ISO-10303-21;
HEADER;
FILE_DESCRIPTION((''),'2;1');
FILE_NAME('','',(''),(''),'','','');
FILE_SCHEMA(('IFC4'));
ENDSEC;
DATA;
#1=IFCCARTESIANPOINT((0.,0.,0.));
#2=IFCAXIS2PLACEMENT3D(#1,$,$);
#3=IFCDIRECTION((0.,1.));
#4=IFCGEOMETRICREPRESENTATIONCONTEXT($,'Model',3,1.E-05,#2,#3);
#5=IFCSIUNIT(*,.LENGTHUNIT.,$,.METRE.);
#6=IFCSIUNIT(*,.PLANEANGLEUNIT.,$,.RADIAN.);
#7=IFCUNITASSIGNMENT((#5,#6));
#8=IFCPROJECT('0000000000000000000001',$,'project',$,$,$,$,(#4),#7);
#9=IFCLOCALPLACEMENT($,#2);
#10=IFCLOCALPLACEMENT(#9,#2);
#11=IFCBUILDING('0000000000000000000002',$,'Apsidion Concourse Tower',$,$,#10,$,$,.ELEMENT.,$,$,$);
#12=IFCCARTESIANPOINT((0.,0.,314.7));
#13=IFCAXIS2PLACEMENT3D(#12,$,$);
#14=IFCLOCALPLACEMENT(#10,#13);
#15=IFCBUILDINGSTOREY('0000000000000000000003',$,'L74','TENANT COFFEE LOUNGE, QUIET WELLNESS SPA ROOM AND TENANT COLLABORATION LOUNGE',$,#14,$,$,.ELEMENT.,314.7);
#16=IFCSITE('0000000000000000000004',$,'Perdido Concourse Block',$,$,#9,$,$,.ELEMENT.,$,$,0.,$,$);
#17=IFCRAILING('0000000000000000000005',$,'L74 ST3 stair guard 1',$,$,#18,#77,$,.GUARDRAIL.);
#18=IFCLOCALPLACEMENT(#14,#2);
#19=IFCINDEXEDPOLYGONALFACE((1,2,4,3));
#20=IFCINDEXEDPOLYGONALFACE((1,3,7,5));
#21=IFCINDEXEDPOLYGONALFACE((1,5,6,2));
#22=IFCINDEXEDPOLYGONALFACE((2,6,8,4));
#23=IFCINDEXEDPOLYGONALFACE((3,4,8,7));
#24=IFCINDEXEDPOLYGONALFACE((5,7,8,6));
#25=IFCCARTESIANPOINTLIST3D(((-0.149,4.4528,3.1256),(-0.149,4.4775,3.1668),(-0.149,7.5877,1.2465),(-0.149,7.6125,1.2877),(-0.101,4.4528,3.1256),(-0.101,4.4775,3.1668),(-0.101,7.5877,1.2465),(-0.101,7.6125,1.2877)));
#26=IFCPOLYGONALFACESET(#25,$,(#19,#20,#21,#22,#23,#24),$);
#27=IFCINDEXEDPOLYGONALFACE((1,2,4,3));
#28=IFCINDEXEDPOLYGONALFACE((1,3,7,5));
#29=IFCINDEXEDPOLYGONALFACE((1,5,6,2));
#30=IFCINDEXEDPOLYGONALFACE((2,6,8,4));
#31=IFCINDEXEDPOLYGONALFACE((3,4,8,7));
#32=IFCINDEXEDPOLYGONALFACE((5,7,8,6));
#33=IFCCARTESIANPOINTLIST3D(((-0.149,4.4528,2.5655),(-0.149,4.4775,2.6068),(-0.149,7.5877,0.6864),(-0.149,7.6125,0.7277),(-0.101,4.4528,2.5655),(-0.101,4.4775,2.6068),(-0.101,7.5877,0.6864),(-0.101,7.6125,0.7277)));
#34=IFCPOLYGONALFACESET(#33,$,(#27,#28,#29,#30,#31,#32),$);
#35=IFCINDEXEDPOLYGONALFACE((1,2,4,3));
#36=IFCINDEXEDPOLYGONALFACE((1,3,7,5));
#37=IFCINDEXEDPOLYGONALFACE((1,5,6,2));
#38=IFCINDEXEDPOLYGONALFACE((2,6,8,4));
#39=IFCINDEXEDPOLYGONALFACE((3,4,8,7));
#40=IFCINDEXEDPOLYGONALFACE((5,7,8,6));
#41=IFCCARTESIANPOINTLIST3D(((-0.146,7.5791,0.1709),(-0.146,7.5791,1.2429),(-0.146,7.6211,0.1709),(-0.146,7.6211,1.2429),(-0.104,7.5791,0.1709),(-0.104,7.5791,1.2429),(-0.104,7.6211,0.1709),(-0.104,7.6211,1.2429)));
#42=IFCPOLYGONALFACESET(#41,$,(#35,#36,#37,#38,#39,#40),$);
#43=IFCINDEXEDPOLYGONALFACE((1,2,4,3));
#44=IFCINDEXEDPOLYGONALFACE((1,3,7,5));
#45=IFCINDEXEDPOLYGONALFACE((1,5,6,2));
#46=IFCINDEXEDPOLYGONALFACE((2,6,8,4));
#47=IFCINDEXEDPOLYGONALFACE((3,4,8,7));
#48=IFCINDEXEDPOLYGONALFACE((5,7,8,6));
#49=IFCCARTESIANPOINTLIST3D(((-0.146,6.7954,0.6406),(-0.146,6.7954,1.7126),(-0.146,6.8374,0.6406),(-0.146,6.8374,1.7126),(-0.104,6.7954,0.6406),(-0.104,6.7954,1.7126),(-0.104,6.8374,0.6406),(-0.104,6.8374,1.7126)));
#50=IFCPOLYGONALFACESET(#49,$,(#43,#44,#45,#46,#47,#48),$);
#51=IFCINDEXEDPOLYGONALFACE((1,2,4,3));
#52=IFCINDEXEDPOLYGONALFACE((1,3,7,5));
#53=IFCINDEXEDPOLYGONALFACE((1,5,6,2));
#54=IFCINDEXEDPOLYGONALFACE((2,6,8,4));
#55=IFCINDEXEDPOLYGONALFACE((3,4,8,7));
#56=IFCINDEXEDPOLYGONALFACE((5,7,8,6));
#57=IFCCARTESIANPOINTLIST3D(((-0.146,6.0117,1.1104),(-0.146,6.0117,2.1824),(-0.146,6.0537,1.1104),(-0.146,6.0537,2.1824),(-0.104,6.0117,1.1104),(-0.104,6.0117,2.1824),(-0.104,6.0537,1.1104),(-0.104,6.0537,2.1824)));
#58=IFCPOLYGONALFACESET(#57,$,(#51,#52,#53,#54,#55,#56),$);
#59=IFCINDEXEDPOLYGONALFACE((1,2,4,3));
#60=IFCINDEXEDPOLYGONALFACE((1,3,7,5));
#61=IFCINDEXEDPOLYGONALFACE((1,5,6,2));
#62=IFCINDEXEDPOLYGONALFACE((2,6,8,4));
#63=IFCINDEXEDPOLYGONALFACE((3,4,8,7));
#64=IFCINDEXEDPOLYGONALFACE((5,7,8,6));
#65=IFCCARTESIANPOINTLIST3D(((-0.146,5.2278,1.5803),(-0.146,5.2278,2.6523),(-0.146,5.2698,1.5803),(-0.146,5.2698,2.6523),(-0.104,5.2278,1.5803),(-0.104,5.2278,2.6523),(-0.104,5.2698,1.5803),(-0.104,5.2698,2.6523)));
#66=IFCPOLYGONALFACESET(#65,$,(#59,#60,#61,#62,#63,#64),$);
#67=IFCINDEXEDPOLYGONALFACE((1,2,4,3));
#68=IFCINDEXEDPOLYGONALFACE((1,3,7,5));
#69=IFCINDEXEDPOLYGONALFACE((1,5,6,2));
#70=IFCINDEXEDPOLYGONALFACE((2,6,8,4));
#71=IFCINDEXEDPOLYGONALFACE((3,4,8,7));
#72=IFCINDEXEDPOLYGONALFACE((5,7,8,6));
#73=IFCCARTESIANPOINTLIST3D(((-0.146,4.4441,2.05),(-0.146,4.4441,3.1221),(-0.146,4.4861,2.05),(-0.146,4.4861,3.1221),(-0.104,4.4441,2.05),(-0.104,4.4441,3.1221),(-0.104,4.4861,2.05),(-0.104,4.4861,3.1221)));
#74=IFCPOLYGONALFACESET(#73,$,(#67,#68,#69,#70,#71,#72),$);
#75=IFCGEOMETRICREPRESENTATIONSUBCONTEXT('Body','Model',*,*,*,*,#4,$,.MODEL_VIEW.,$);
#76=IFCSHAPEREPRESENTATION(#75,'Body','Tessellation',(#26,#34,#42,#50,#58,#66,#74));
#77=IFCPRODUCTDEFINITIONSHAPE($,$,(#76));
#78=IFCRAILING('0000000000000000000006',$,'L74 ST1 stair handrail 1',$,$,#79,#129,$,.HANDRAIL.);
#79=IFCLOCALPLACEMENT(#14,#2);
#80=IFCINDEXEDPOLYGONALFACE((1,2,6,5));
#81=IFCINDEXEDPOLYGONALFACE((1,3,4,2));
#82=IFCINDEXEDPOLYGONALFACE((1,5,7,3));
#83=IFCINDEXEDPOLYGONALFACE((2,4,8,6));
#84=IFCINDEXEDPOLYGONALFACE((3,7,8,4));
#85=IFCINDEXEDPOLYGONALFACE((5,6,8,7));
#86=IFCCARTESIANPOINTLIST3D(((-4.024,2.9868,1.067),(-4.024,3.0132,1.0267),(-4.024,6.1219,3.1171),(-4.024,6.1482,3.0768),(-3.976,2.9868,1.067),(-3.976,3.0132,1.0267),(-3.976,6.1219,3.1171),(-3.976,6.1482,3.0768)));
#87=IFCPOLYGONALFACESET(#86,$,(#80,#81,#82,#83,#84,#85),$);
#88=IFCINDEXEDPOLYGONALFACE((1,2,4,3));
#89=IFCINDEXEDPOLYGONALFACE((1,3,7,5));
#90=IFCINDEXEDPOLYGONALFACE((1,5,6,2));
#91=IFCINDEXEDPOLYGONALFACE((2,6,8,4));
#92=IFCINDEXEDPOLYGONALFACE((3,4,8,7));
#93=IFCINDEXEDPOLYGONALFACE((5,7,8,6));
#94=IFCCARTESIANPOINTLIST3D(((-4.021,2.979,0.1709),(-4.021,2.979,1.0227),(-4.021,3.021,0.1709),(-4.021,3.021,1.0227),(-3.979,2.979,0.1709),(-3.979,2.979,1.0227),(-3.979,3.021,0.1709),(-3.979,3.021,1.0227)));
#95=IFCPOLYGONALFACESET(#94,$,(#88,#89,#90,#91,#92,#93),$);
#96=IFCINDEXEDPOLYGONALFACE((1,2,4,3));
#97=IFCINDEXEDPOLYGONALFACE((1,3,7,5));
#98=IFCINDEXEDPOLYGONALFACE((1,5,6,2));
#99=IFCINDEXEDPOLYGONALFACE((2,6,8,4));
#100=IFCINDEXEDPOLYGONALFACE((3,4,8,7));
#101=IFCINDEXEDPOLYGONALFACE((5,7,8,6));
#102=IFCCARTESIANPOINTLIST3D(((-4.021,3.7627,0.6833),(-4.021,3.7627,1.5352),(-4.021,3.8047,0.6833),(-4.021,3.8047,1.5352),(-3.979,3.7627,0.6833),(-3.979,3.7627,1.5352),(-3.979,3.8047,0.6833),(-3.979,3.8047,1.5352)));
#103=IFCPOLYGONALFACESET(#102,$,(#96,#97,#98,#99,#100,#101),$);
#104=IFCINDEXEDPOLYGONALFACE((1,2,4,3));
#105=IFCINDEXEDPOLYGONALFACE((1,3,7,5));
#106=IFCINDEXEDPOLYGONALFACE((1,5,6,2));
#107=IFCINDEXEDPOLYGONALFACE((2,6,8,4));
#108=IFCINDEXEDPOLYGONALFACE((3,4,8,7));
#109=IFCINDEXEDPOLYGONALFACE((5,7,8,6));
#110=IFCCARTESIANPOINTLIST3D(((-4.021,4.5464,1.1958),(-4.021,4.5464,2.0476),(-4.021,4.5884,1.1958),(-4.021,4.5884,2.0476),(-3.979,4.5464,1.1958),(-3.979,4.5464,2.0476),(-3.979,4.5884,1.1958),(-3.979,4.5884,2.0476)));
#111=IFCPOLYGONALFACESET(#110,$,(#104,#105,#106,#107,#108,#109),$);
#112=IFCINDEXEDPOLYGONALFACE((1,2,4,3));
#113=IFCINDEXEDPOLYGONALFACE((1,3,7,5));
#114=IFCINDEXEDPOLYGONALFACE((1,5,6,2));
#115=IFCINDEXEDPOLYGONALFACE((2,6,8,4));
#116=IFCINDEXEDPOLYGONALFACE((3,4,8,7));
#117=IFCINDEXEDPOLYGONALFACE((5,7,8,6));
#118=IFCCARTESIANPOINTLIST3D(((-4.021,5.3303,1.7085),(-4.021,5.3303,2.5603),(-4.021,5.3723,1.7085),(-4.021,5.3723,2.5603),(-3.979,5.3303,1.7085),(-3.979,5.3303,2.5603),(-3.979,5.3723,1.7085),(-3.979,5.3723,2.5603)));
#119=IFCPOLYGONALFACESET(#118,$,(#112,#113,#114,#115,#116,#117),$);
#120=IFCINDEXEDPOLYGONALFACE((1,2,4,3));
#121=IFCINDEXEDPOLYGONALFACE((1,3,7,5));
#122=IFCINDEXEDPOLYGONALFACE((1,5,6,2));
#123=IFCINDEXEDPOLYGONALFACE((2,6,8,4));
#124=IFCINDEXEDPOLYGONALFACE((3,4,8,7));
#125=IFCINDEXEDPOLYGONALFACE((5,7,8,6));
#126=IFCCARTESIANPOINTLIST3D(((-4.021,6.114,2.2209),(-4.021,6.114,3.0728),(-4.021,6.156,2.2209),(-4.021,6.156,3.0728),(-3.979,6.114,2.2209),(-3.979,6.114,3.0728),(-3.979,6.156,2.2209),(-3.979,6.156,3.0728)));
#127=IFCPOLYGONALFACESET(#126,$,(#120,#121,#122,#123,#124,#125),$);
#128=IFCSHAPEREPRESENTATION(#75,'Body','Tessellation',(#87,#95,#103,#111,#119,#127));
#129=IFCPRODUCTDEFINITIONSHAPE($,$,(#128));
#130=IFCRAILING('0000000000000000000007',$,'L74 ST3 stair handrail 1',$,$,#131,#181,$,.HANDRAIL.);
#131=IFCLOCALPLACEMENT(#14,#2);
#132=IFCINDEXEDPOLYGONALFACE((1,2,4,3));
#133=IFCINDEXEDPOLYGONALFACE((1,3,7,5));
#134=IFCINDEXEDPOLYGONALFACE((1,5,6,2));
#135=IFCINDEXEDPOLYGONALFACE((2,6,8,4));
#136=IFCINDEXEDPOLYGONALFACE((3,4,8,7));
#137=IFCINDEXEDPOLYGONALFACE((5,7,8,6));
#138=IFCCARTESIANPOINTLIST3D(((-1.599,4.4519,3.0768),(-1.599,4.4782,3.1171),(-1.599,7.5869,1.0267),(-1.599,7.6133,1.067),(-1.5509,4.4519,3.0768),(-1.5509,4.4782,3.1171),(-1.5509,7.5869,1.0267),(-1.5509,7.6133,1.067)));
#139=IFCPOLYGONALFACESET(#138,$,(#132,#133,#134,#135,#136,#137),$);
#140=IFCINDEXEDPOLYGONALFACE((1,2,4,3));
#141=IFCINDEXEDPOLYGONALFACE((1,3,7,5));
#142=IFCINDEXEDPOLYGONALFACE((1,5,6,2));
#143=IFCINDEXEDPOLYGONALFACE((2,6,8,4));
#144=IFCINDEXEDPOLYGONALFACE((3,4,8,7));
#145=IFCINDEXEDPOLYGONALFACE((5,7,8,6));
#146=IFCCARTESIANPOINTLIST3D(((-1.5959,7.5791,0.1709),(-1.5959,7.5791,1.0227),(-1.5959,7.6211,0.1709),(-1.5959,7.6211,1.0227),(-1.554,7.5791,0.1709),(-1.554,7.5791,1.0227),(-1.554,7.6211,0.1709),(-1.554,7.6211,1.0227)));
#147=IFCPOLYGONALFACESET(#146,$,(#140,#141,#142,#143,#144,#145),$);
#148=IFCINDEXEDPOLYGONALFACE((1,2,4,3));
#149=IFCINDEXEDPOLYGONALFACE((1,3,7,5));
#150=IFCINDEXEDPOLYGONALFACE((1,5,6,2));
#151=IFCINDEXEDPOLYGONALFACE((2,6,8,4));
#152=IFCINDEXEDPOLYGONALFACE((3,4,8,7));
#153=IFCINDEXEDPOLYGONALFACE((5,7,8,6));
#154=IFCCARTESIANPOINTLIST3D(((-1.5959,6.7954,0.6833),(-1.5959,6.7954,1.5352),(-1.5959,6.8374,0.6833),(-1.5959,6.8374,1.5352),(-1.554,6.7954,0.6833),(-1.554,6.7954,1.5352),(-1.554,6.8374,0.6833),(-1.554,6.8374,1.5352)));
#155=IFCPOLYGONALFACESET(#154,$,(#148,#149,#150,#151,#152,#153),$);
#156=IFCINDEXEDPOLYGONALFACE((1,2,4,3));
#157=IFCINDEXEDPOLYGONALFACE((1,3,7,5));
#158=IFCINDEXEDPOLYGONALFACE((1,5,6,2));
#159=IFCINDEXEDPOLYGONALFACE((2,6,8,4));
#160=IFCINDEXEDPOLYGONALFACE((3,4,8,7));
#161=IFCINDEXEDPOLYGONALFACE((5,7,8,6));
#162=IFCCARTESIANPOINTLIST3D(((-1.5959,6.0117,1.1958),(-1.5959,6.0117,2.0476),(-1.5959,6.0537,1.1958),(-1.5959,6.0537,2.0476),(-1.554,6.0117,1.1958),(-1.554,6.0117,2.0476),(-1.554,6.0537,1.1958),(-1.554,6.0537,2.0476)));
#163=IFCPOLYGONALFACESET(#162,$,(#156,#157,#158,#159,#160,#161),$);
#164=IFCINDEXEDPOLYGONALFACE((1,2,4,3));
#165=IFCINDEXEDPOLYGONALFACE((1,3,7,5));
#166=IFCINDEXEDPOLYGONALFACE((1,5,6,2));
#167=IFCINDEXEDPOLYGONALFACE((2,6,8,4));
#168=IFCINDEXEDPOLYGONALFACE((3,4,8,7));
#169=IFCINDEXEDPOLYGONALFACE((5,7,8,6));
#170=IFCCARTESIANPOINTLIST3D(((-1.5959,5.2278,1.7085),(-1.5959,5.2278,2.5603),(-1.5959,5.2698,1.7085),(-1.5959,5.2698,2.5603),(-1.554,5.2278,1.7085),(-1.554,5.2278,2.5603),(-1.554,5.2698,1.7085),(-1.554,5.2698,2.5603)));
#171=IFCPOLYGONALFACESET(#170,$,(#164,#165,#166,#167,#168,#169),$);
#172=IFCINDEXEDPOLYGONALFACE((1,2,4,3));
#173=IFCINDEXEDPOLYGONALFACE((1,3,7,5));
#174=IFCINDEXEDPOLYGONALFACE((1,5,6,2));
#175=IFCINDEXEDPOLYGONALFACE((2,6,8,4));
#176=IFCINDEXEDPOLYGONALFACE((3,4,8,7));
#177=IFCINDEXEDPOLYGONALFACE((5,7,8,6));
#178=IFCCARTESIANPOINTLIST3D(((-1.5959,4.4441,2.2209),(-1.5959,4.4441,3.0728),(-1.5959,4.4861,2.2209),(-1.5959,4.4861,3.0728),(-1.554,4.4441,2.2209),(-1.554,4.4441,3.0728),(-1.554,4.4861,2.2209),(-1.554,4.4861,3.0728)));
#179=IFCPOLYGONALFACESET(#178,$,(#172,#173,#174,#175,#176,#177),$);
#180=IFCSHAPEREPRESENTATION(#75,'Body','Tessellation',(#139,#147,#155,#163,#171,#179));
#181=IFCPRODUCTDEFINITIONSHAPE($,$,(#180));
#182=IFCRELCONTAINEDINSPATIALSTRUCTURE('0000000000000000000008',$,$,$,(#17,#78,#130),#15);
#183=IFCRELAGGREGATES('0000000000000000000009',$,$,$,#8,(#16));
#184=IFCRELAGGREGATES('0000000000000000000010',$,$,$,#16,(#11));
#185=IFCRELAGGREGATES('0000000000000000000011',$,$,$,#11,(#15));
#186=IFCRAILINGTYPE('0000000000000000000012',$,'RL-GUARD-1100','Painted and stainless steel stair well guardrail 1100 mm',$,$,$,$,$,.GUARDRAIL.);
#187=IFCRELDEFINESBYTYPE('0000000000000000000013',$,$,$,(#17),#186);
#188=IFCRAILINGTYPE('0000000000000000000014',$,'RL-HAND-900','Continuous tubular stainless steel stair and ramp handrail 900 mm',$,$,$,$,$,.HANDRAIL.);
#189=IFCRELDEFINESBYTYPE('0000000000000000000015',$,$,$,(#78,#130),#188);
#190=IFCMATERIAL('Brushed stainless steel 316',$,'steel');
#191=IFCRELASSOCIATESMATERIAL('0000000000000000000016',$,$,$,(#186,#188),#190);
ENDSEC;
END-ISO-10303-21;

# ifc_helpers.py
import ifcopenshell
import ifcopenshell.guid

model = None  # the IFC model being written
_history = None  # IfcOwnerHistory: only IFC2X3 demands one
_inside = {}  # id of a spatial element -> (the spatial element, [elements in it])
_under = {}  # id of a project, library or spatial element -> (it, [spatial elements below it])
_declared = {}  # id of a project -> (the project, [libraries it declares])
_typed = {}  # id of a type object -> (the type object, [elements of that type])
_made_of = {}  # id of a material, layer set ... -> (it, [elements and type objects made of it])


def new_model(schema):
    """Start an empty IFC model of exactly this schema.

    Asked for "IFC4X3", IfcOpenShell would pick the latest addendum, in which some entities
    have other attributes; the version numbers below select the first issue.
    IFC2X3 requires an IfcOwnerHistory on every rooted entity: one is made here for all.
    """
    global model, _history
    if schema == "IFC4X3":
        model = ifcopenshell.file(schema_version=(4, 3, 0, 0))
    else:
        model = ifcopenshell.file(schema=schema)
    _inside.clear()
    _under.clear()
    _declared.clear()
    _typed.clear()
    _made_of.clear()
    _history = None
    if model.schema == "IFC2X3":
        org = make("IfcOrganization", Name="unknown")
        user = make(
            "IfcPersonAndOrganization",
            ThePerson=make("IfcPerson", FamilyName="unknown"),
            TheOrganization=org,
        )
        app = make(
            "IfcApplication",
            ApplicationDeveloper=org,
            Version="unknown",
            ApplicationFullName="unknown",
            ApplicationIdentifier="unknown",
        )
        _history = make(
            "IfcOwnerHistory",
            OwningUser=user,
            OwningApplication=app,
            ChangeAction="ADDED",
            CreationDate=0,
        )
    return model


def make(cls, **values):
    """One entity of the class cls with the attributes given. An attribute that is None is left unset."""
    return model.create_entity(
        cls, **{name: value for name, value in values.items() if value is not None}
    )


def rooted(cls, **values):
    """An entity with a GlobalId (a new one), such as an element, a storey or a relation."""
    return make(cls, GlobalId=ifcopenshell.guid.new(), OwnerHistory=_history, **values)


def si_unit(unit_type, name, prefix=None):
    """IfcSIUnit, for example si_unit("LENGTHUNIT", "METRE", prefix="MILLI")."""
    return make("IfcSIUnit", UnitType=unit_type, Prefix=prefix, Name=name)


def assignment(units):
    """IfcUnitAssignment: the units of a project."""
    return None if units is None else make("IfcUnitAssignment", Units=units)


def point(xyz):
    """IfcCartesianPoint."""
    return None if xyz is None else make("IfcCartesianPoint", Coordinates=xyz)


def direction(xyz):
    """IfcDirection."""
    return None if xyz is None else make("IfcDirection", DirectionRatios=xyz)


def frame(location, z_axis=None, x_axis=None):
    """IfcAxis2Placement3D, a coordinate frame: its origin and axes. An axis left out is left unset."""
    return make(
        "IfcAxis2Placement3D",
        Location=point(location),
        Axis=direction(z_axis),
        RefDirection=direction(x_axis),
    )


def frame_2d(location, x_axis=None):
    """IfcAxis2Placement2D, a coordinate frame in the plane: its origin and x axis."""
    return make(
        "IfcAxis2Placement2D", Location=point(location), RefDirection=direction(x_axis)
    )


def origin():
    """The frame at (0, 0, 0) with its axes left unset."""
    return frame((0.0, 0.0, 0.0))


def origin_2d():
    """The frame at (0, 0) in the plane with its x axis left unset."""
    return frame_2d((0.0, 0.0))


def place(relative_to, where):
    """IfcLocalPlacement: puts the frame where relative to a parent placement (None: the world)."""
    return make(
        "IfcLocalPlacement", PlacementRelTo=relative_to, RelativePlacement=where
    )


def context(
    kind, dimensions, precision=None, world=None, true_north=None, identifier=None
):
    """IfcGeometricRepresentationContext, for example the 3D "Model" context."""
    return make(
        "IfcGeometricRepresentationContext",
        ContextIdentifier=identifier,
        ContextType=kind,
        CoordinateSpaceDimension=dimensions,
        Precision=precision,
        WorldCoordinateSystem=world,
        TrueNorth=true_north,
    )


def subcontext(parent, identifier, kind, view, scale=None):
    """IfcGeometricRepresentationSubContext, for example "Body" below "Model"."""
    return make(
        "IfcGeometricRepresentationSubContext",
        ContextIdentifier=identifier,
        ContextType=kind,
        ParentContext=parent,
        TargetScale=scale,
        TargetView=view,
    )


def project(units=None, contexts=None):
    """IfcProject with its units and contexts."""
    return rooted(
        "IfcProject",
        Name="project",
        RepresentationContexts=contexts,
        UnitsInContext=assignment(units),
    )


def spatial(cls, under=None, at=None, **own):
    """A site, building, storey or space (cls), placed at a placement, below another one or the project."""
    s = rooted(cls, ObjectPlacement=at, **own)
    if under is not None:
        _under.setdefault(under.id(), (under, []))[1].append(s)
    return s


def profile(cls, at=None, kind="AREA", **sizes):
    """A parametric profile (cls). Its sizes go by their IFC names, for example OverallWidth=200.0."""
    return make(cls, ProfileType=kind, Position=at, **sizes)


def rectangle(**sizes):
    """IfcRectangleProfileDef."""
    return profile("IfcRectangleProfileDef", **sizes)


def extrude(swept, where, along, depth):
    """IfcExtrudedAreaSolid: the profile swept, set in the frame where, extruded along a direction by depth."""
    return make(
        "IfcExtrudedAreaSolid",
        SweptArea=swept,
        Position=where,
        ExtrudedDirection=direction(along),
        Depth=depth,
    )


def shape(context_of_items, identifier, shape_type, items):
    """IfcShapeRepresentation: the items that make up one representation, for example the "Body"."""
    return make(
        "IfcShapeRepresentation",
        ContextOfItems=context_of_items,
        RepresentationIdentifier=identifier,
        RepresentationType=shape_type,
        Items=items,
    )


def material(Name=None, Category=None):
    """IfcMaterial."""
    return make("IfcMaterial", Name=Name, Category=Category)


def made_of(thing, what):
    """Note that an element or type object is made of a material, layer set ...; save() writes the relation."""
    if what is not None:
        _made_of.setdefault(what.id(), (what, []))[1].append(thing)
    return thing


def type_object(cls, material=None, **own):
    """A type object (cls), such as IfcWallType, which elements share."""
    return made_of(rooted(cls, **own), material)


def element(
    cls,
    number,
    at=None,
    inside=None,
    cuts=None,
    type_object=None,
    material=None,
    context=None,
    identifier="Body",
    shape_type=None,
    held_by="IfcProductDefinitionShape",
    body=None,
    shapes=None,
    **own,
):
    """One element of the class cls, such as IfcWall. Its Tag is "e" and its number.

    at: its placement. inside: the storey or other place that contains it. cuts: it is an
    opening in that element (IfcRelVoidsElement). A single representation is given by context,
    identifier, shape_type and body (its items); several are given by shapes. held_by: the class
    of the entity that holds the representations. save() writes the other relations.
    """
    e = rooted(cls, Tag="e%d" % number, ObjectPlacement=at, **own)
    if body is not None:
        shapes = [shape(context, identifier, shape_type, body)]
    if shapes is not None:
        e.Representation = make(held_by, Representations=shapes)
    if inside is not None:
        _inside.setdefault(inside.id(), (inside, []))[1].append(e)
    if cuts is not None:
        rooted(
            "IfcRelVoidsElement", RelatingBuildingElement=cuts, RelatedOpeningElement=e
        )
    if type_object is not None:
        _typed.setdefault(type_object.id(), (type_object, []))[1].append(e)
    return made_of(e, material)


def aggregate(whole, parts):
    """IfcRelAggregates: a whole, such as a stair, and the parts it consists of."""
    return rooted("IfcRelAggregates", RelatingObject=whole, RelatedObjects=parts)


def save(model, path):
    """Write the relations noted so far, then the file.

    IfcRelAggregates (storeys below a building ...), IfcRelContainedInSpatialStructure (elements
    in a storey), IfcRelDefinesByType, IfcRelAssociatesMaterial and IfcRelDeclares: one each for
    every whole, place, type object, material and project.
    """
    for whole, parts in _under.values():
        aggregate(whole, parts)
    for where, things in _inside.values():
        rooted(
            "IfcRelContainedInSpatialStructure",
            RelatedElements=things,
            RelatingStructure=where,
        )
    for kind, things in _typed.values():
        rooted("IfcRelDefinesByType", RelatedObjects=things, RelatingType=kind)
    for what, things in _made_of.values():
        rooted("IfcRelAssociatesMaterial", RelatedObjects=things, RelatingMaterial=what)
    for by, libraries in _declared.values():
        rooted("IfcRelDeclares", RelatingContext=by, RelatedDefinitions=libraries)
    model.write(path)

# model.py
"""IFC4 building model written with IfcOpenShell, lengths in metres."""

from ifc_helpers import new_model, si_unit, direction, frame, origin, origin_2d, place, context, subcontext, project, spatial, rectangle, extrude, material, type_object, element, save


model = new_model("IFC4")

# Units and contexts
model_context = context("Model", 3, precision=1e-05, world=origin(), true_north=direction((0.0, 1.0)))
body_context = subcontext(model_context, "Body", "Model", "MODEL_VIEW")
ifc_project = project(units=[si_unit("LENGTHUNIT", "METRE"), si_unit("PLANEANGLEUNIT", "RADIAN")], contexts=[model_context])

# Site, building, storey
site_placement = place(None, origin())
site = spatial("IfcSite", under=ifc_project, at=site_placement, Name="Perdido Concourse Block", CompositionType="ELEMENT", RefElevation=0.0)
building_placement = place(site_placement, origin())
building = spatial("IfcBuilding", under=site, at=building_placement, Name="Apsidion Concourse Tower", CompositionType="ELEMENT")
storey_placement = place(building_placement, frame((0.0, 0.0, 314.7)))
storey = spatial("IfcBuildingStorey", under=building, at=storey_placement, Name="L74", Description="TENANT COFFEE LOUNGE, QUIET WELLNESS SPA ROOM AND TENANT COLLABORATION LOUNGE", CompositionType="ELEMENT", Elevation=314.7)

# Shared definitions
ifc_material_1 = material(Name="Brushed stainless steel 316", Category="steel")

# Railings
railing_type_1 = type_object("IfcRailingType", Name="RL-GUARD-1100", Description="Painted and stainless steel stair well guardrail 1100 mm", PredefinedType="GUARDRAIL", material=ifc_material_1)
railing_1_placement = place(storey_placement, frame((-0.125, 7.6001, 0.1709)))
element("IfcRailing", 1, at=railing_1_placement, inside=storey, type_object=railing_type_1, Name="L74 ST3 stair guard 1", PredefinedType="GUARDRAIL", context=body_context, shape_type="SweptSolid", body=[
    extrude(rectangle(XDim=0.0481, YDim=0.0481, at=origin_2d()), frame((0.0, 0.0, 1.0962), z_axis=(0.0, -0.857717, 0.514122), x_axis=(1.0, 0.0, 0.0)), (0.0, 0.0, 1.0), 3.655),
    extrude(rectangle(XDim=0.0481, YDim=0.0481, at=origin_2d()), frame((0.0, 0.0, 0.5361), z_axis=(0.0, -0.857717, 0.514122), x_axis=(1.0, 0.0, 0.0)), (0.0, 0.0, 1.0), 3.655),
    extrude(rectangle(XDim=0.042, YDim=0.042, at=origin_2d()), origin(), (0.0, 0.0, 1.0), 1.072),
    extrude(rectangle(XDim=0.042, YDim=0.042, at=origin_2d()), frame((0.0, -0.7837, 0.4697)), (0.0, 0.0, 1.0), 1.072),
    extrude(rectangle(XDim=0.042, YDim=0.042, at=origin_2d()), frame((0.0, -1.5674, 0.9395)), (0.0, 0.0, 1.0), 1.072),
    extrude(rectangle(XDim=0.042, YDim=0.042, at=origin_2d()), frame((0.0, -2.3513, 1.4094)), (0.0, 0.0, 1.0), 1.072),
    extrude(rectangle(XDim=0.042, YDim=0.042, at=origin_2d()), frame((0.0, -3.135, 1.8792)), (0.0, 0.0, 1.0), 1.072),
])
railing_type_2 = type_object("IfcRailingType", Name="RL-HAND-900", Description="Continuous tubular stainless steel stair and ramp handrail 900 mm", PredefinedType="HANDRAIL", material=ifc_material_1)
railing_2_placement = place(storey_placement, frame((-4.0, 3.0, 0.1709)))
element("IfcRailing", 2, at=railing_2_placement, inside=storey, type_object=railing_type_2, Name="L74 ST1 stair handrail 1", PredefinedType="HANDRAIL", context=body_context, shape_type="SweptSolid", body=[
    extrude(rectangle(XDim=0.0481, YDim=0.0481, at=origin_2d()), frame((0.0, 0.0, 0.876), z_axis=(0.0, 0.836941, 0.547293), x_axis=(-1.0, 0.0, 0.0)), (0.0, 0.0, 1.0), 3.7458),
    extrude(rectangle(XDim=0.042, YDim=0.042, at=origin_2d()), origin(), (0.0, 0.0, 1.0), 0.8518),
    extrude(rectangle(XDim=0.042, YDim=0.042, at=origin_2d()), frame((0.0, 0.7837, 0.5125)), (0.0, 0.0, 1.0), 0.8518),
    extrude(rectangle(XDim=0.042, YDim=0.042, at=origin_2d()), frame((0.0, 1.5674, 1.0249)), (0.0, 0.0, 1.0), 0.8518),
    extrude(rectangle(XDim=0.042, YDim=0.042, at=origin_2d()), frame((0.0, 2.3513, 1.5376)), (0.0, 0.0, 1.0), 0.8518),
    extrude(rectangle(XDim=0.042, YDim=0.042, at=origin_2d()), frame((0.0, 3.135, 2.05)), (0.0, 0.0, 1.0), 0.8518),
])
railing_3_placement = place(storey_placement, frame((-1.575, 7.6001, 0.1709)))
element("IfcRailing", 3, at=railing_3_placement, inside=storey, type_object=railing_type_2, Name="L74 ST3 stair handrail 1", PredefinedType="HANDRAIL", context=body_context, shape_type="SweptSolid", body=[
    extrude(rectangle(XDim=0.0481, YDim=0.0481, at=origin_2d()), frame((0.0, 0.0, 0.876), z_axis=(0.0, -0.836941, 0.547293), x_axis=(1.0, 0.0, 0.0)), (0.0, 0.0, 1.0), 3.7458),
    extrude(rectangle(XDim=0.042, YDim=0.042, at=origin_2d()), origin(), (0.0, 0.0, 1.0), 0.8518),
    extrude(rectangle(XDim=0.042, YDim=0.042, at=origin_2d()), frame((0.0, -0.7837, 0.5125)), (0.0, 0.0, 1.0), 0.8518),
    extrude(rectangle(XDim=0.042, YDim=0.042, at=origin_2d()), frame((0.0, -1.5674, 1.0249)), (0.0, 0.0, 1.0), 0.8518),
    extrude(rectangle(XDim=0.042, YDim=0.042, at=origin_2d()), frame((0.0, -2.3513, 1.5376)), (0.0, 0.0, 1.0), 0.8518),
    extrude(rectangle(XDim=0.042, YDim=0.042, at=origin_2d()), frame((0.0, -3.135, 2.05)), (0.0, 0.0, 1.0), 0.8518),
])

save(model, "model.ifc")
